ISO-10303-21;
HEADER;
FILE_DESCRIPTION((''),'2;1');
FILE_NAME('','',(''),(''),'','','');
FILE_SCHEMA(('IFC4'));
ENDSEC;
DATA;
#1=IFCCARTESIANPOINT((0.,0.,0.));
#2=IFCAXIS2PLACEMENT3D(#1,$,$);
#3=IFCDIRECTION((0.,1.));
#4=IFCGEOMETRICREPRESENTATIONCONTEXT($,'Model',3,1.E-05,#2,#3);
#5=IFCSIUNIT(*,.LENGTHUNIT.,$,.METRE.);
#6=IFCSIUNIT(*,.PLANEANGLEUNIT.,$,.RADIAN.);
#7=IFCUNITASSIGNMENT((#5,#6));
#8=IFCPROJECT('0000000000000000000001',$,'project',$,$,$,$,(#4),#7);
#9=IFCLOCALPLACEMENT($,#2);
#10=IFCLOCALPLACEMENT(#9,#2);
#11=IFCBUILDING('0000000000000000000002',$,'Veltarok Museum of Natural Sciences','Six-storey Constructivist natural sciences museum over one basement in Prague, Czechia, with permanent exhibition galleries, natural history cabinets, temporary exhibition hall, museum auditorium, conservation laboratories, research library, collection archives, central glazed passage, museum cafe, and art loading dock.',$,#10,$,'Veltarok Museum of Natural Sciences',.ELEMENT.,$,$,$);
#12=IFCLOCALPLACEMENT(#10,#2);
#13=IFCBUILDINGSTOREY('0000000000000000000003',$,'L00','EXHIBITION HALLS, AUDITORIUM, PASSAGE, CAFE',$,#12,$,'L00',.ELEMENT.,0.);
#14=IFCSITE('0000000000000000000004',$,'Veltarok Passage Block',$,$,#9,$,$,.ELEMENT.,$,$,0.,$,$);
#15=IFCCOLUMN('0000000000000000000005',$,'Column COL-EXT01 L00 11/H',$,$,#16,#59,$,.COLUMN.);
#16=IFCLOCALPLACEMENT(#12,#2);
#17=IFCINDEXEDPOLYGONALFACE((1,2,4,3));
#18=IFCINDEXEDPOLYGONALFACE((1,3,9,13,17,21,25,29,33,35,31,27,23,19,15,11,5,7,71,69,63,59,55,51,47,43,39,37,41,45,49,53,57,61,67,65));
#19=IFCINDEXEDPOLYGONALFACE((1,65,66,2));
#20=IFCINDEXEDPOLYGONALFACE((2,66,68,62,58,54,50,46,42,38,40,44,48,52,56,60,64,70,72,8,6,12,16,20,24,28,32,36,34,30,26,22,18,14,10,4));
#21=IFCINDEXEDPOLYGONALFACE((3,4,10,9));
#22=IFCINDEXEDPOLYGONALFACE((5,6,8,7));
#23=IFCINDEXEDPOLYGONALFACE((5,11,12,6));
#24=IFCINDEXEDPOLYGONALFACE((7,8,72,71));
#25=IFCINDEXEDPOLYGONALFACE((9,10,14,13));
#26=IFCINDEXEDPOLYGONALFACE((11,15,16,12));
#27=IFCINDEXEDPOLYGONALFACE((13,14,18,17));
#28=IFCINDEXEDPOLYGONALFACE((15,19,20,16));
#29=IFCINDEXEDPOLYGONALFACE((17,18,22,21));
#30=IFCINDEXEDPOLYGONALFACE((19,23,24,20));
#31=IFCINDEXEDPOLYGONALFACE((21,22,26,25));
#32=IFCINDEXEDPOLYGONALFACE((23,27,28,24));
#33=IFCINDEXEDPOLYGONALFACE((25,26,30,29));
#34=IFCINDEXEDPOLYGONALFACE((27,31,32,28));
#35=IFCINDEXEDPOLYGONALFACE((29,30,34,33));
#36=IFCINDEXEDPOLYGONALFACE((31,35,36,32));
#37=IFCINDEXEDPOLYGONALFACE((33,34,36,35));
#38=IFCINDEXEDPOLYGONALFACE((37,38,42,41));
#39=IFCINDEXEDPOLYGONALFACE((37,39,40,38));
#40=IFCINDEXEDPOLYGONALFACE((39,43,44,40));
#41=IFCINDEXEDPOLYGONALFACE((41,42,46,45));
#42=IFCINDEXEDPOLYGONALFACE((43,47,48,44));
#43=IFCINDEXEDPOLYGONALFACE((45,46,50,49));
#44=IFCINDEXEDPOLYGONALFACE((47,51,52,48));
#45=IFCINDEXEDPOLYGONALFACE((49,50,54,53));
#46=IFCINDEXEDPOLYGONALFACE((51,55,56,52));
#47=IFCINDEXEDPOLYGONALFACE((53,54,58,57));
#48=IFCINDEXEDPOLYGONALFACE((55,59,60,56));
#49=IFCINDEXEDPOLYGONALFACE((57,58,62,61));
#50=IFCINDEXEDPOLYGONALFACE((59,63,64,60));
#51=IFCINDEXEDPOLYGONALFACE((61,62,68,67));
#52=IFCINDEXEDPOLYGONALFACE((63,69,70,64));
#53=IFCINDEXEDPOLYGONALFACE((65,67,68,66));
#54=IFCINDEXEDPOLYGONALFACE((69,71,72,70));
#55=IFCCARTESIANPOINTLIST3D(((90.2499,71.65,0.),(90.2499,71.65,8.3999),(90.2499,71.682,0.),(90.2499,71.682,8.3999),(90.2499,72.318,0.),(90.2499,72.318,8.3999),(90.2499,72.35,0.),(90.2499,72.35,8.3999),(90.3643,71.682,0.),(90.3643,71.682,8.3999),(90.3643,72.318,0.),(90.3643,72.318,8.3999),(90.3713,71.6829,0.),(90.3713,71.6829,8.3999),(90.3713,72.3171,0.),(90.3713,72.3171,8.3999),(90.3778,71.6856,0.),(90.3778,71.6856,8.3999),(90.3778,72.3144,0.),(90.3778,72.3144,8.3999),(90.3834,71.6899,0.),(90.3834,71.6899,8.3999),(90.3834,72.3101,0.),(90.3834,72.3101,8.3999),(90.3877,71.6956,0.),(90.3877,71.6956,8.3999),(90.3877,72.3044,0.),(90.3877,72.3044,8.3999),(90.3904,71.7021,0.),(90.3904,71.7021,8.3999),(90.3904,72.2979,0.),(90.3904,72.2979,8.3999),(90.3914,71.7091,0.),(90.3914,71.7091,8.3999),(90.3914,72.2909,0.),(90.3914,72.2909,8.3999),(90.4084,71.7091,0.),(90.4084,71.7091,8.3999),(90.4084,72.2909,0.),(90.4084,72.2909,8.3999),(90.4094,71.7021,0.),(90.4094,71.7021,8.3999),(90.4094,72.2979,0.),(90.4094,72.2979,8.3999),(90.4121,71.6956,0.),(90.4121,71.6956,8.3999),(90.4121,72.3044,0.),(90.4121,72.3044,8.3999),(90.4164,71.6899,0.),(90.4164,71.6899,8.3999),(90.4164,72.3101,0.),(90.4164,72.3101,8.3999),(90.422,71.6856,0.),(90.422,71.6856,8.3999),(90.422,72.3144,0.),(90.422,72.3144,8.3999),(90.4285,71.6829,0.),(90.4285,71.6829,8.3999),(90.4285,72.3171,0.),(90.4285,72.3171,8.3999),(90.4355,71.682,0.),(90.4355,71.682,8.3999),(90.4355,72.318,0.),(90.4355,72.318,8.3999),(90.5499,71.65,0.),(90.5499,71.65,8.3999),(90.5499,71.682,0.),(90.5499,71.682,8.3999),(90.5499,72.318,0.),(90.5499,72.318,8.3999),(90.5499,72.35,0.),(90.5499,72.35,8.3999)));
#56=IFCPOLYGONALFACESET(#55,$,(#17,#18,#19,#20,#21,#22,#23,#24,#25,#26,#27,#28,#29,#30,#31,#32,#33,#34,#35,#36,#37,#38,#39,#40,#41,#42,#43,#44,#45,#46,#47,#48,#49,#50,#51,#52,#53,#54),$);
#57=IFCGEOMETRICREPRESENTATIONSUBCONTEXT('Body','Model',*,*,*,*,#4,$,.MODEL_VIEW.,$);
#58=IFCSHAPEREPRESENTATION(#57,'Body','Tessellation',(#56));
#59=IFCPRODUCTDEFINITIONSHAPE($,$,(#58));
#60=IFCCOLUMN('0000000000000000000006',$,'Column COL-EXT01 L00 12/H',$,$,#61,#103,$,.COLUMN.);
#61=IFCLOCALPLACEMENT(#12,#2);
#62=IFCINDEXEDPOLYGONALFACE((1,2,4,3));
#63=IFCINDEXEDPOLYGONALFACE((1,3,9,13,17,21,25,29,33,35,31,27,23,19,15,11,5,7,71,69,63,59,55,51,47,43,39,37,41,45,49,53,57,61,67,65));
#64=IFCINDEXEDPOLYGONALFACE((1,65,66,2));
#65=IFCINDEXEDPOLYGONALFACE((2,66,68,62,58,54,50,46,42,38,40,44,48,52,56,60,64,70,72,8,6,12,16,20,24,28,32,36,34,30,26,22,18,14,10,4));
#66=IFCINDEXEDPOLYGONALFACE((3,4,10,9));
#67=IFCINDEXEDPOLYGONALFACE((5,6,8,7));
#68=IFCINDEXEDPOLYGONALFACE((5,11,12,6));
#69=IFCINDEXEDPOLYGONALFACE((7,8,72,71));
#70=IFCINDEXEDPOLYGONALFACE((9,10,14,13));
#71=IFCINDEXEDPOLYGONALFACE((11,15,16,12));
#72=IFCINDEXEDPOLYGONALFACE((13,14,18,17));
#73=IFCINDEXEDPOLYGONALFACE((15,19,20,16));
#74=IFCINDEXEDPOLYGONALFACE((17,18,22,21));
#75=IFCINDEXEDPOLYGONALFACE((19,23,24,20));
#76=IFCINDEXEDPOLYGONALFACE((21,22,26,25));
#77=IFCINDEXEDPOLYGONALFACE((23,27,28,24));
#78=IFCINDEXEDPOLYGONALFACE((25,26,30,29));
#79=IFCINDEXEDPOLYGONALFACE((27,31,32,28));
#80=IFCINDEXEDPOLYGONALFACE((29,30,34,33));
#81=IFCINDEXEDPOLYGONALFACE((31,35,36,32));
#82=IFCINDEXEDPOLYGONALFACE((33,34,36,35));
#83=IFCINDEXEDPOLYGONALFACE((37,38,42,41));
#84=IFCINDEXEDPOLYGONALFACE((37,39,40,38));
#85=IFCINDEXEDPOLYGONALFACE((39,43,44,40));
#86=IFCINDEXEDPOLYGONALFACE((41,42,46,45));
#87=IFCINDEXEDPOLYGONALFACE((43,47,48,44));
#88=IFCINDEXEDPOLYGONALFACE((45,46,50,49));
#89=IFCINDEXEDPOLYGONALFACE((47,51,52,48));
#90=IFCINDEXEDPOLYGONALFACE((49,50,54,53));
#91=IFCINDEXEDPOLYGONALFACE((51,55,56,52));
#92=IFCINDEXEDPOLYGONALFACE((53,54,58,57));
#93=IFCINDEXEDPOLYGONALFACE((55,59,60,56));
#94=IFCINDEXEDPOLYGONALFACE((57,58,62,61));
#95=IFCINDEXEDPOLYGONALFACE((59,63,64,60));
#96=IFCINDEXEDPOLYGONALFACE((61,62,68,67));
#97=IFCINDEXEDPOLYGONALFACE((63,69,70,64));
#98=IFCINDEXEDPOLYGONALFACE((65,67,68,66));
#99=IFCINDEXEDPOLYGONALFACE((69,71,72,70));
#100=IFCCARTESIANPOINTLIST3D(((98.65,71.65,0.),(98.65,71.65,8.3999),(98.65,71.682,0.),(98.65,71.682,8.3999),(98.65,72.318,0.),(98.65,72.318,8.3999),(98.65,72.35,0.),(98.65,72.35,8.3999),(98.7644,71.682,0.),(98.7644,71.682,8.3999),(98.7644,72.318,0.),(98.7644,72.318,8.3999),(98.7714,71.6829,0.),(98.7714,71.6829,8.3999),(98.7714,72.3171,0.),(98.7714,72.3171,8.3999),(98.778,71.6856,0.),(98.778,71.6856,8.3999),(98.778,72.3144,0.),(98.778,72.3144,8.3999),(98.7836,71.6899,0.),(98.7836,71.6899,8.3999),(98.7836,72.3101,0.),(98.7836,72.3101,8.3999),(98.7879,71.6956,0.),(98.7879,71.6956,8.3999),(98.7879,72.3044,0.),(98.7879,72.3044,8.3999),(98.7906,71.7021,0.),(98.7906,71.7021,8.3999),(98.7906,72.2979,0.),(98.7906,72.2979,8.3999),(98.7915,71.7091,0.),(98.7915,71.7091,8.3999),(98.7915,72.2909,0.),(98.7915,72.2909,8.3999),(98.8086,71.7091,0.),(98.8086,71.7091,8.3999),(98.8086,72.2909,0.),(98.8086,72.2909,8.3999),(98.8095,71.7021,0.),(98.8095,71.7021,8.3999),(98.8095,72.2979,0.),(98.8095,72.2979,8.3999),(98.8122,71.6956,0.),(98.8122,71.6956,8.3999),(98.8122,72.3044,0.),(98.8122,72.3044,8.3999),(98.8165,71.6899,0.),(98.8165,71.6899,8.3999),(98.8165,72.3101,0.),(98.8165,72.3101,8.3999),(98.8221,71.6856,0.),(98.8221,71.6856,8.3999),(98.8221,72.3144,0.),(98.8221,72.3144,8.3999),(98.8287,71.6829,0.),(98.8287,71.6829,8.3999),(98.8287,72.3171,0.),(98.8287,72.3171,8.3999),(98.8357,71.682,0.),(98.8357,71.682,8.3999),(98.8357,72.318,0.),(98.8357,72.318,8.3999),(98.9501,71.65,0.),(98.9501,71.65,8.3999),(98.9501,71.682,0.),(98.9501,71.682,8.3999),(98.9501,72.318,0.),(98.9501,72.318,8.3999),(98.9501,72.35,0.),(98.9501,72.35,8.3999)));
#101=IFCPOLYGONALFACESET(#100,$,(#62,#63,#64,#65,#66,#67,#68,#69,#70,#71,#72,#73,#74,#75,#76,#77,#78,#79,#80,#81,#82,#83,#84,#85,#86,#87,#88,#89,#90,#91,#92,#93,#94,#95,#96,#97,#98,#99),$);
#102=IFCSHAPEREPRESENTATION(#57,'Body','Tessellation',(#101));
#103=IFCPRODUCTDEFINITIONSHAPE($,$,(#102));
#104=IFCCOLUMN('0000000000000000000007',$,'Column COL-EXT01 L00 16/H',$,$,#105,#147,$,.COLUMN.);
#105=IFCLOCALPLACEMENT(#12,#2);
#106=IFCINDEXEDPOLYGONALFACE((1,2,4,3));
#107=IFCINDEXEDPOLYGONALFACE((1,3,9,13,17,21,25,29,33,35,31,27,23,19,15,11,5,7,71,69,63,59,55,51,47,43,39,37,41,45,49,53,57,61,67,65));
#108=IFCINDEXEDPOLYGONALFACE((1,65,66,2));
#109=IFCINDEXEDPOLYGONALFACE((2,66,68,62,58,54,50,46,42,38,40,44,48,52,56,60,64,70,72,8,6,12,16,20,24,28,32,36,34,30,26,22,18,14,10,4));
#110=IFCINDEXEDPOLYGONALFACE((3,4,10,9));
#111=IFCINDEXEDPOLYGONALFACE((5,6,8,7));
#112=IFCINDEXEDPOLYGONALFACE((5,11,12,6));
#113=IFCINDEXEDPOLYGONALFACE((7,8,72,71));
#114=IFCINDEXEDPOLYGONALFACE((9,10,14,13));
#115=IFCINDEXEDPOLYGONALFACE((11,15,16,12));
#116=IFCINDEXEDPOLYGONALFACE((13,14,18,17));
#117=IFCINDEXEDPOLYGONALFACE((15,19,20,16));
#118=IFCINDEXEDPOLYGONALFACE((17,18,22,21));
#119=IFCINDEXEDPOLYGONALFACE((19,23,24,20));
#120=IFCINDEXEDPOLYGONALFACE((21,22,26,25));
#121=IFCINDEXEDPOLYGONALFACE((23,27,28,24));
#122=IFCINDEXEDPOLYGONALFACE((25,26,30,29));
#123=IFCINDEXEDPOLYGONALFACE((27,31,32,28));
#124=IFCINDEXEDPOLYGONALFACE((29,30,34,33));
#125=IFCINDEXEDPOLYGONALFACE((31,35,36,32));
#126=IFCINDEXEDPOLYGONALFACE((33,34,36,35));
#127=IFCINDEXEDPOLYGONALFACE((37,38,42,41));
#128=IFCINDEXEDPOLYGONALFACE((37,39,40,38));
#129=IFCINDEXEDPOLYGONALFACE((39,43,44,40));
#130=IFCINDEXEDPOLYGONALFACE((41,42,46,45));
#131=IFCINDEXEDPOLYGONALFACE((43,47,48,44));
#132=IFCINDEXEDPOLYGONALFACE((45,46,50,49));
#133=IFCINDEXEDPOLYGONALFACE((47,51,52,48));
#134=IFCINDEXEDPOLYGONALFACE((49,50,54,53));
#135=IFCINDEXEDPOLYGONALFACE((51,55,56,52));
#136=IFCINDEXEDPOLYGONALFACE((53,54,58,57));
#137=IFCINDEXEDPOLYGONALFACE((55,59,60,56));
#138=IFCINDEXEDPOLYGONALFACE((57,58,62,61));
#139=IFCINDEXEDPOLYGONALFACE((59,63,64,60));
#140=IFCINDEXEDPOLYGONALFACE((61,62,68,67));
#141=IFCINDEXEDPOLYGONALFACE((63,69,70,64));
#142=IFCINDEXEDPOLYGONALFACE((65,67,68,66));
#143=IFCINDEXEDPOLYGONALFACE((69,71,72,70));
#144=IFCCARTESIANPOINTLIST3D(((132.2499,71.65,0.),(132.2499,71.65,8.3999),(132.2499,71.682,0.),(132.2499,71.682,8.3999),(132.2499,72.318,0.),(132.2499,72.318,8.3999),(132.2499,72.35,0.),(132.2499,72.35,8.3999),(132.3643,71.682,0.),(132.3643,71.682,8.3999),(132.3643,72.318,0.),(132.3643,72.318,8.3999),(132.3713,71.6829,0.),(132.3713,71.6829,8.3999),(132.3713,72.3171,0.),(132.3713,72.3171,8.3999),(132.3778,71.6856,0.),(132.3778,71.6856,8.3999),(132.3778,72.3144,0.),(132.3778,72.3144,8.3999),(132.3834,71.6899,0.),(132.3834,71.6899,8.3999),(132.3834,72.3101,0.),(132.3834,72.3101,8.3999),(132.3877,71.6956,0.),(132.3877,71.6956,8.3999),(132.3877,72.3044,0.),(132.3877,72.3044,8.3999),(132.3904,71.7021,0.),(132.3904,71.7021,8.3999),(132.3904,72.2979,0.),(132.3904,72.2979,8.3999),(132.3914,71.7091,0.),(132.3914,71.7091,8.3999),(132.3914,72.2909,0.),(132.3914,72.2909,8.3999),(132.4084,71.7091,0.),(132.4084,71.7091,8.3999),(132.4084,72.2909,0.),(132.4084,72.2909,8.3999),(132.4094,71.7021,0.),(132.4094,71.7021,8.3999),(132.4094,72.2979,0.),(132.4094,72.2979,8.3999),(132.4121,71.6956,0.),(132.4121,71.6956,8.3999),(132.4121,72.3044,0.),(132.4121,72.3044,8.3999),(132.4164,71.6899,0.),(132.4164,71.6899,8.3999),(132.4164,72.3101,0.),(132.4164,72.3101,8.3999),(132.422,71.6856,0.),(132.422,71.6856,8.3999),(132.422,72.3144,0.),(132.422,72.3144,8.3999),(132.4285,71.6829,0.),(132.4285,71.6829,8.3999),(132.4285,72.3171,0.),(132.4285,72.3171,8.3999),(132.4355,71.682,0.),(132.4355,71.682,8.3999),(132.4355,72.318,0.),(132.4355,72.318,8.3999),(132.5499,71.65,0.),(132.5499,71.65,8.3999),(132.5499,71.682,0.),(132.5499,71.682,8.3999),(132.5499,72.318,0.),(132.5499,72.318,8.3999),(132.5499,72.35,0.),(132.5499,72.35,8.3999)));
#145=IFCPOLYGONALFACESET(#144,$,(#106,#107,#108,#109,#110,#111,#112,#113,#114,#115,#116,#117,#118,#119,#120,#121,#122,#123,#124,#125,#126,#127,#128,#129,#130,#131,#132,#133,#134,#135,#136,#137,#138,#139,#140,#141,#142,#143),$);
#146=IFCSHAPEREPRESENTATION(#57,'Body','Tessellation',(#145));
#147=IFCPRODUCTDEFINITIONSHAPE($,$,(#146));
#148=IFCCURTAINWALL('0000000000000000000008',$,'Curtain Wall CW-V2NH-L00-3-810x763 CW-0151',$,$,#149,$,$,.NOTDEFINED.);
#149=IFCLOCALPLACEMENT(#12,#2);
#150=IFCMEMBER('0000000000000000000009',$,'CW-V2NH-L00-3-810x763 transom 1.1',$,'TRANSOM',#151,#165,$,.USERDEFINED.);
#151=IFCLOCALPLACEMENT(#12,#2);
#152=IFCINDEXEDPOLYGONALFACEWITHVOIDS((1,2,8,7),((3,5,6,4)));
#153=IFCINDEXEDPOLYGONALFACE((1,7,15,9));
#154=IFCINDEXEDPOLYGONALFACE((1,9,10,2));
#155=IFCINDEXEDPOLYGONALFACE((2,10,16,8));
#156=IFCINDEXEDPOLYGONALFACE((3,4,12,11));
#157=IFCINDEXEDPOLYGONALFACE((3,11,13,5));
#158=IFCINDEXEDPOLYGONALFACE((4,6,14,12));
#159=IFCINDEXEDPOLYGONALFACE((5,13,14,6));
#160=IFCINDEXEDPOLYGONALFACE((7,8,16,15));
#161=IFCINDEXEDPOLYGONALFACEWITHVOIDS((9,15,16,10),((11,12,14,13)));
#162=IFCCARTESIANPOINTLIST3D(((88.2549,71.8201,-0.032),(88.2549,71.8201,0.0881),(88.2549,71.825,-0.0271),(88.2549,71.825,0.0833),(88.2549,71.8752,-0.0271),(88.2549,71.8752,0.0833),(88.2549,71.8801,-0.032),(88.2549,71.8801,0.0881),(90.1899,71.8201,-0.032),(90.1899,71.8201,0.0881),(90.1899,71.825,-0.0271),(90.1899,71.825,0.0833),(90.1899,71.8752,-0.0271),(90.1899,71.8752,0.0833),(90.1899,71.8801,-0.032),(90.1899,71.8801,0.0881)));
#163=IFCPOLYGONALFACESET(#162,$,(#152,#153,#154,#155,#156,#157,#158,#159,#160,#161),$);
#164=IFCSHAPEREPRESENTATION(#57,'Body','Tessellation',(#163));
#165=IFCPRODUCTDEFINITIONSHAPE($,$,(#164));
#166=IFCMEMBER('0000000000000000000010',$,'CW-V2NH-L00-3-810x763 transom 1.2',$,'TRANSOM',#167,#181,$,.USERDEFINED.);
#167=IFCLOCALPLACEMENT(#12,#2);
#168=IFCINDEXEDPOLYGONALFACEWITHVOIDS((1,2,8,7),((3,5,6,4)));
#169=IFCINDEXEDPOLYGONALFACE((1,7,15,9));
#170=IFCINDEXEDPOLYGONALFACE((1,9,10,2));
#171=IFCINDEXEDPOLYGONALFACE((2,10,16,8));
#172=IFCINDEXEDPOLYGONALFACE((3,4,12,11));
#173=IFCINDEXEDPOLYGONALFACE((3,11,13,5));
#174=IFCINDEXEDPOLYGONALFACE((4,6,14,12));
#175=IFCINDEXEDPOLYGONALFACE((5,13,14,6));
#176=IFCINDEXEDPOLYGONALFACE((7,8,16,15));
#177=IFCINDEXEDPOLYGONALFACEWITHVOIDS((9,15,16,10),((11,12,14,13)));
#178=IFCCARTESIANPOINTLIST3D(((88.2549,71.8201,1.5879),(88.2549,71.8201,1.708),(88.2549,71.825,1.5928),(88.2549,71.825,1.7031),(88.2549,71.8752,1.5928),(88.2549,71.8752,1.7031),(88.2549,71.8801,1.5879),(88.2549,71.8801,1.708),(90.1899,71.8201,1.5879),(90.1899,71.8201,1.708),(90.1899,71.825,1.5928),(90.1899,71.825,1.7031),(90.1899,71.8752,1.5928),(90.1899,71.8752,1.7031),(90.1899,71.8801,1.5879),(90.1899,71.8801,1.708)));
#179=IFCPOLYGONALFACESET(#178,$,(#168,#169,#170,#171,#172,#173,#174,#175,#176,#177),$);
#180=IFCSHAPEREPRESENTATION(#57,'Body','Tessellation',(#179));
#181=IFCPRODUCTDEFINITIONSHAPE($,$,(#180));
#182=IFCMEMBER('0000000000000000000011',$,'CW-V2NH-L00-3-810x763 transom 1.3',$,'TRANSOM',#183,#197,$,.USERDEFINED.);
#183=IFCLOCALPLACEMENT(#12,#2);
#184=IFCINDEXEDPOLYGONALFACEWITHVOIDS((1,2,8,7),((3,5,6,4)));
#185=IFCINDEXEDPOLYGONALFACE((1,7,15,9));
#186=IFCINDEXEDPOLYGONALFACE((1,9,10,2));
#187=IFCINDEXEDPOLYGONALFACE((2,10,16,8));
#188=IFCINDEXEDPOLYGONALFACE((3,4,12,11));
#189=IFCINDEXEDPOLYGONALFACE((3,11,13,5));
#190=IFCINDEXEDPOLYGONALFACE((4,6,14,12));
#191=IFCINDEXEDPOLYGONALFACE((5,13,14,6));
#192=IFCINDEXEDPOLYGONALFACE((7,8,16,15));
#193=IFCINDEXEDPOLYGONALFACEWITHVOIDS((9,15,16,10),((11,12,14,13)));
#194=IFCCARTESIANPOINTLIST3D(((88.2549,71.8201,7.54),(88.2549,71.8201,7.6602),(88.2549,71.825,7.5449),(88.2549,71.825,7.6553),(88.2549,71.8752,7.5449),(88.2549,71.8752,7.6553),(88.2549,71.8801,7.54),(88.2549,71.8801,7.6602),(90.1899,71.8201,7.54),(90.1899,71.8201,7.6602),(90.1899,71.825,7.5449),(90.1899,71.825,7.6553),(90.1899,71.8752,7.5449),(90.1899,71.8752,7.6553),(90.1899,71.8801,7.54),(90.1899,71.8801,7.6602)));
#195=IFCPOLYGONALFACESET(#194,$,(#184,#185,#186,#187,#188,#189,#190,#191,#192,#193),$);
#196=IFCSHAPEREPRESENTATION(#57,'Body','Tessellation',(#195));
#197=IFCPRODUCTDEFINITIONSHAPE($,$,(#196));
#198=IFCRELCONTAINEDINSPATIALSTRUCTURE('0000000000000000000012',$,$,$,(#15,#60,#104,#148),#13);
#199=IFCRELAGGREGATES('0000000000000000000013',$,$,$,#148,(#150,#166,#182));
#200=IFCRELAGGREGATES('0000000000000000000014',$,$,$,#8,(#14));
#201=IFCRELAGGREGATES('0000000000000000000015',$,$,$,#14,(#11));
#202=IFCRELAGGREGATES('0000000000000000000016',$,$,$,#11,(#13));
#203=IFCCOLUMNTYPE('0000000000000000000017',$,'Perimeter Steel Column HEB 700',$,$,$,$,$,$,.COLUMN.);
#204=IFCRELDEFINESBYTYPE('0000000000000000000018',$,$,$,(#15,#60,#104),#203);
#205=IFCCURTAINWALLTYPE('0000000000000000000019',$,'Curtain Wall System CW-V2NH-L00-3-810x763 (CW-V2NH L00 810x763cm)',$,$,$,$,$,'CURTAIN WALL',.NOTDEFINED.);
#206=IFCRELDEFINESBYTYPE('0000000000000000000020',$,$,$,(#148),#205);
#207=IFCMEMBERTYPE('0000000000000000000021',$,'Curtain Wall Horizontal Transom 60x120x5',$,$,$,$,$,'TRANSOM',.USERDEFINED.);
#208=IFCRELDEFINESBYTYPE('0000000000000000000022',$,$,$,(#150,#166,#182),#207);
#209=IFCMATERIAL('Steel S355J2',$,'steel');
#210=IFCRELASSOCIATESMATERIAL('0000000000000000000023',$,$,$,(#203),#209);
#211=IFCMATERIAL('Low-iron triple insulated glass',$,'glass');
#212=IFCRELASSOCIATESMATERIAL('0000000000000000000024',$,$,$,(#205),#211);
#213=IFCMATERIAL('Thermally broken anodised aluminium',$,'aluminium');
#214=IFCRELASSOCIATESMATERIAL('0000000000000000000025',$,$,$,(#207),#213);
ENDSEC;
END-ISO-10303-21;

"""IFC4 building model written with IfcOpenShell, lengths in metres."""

from ifc_helpers import new_model, si_unit, direction, frame, origin, origin_2d, place, context, subcontext, project, spatial, hollow_rectangle, i_section, extrude, material, material_profile, profile_set, type_object, element, aggregate, save


model = new_model("IFC4")

# Units and contexts
model_context = context("Model", 3, precision=1e-05, world=origin(), true_north=direction((0.0, 1.0)))
body_context = subcontext(model_context, "Body", "Model", "MODEL_VIEW")
ifc_project = project(units=[si_unit("LENGTHUNIT", "METRE"), si_unit("PLANEANGLEUNIT", "RADIAN")], contexts=[model_context])

# Site, building, storey
site_placement = place(None, origin())
site = spatial("IfcSite", under=ifc_project, at=site_placement, Name="Veltarok Passage Block", CompositionType="ELEMENT", RefElevation=0.0)
building_placement = place(site_placement, origin())
building = spatial("IfcBuilding", under=site, at=building_placement, Name="Veltarok Museum of Natural Sciences", Description="Six-storey Constructivist natural sciences museum over one basement in Prague, Czechia, with permanent exhibition galleries, natural history cabinets, temporary exhibition hall, museum auditorium, conservation laboratories, research library, collection archives, central glazed passage, museum cafe, and art loading dock.", LongName="Veltarok Museum of Natural Sciences", CompositionType="ELEMENT")
storey_placement = place(building_placement, origin())
storey = spatial("IfcBuildingStorey", under=building, at=storey_placement, Name="L00", Description="EXHIBITION HALLS, AUDITORIUM, PASSAGE, CAFE", LongName="L00", CompositionType="ELEMENT", Elevation=0.0)

# Columns
ifc_material_1 = material(Name="Steel S355J2", Category="steel")
ifc_material_profile_1 = material_profile(ifc_material_1, i_section(OverallWidth=0.3, OverallDepth=0.7, WebThickness=0.0171, FlangeThickness=0.032, FilletRadius=0.0271, at=origin_2d()), Name="HEB 700")
ifc_profile_set_1 = profile_set([ifc_material_profile_1], Name="Steel S355J2")
column_type = type_object("IfcColumnType", Name="Perimeter Steel Column HEB 700", PredefinedType="COLUMN", material=ifc_profile_set_1)
for number, where, z_axis, x_axis, name in (
    (1, (90.3999, 72.0, 0.0), (0.0, 0.0, 1.0), (1.0, 0.0, 0.0), "Column COL-EXT01 L00 11/H"),
    (2, (98.8, 72.0, 0.0), (0.0, 0.0, 1.0), (1.0, 0.0, 0.0), "Column COL-EXT01 L00 12/H"),
    (3, (132.3999, 72.0, 0.0), (0.0, 0.0, 1.0), (1.0, 0.0, 0.0), "Column COL-EXT01 L00 16/H"),
):
    element("IfcColumn", number, at=place(storey_placement, frame(where, z_axis=z_axis, x_axis=x_axis)), inside=storey, type_object=column_type, Name=name, PredefinedType="COLUMN", context=body_context, shape_type="SweptSolid", body=[
        extrude(i_section(OverallWidth=0.3, OverallDepth=0.7, WebThickness=0.0171, FlangeThickness=0.032, FilletRadius=0.0271, at=origin_2d()), origin(), (0.0, 0.0, 1.0), 8.3999),
    ])

# Curtain wall, members
ifc_material_2 = material(Name="Low-iron triple insulated glass", Category="glass")
curtain_wall_type_1 = type_object("IfcCurtainWallType", Name="Curtain Wall System CW-V2NH-L00-3-810x763 (CW-V2NH L00 810x763cm)", ElementType="CURTAIN WALL", PredefinedType="NOTDEFINED", material=ifc_material_2)
curtain_wall_1_placement = place(storey_placement, origin())
curtain_wall_1 = element("IfcCurtainWall", 4, at=curtain_wall_1_placement, inside=storey, type_object=curtain_wall_type_1, Name="Curtain Wall CW-V2NH-L00-3-810x763 CW-0151", PredefinedType="NOTDEFINED")
ifc_material_3 = material(Name="Thermally broken anodised aluminium", Category="aluminium")
ifc_material_profile_2 = material_profile(ifc_material_3, hollow_rectangle(XDim=0.0601, YDim=0.1201, WallThickness=0.0049, at=origin_2d()), Name="CW TRANSOM 60x120x5")
ifc_profile_set_2 = profile_set([ifc_material_profile_2], Name="Thermally broken anodised aluminium")
member_type_1 = type_object("IfcMemberType", Name="Curtain Wall Horizontal Transom 60x120x5", ElementType="TRANSOM", PredefinedType="USERDEFINED", material=ifc_profile_set_2)
member_1_placement = place(storey_placement, frame((90.1899, 71.8501, 0.0281), z_axis=(-1.0, 0.0, 0.0), x_axis=(0.0, -1.0, 0.0)))
member_1 = element("IfcMember", 5, at=member_1_placement, type_object=member_type_1, Name="CW-V2NH-L00-3-810x763 transom 1.1", ObjectType="TRANSOM", PredefinedType="USERDEFINED", context=body_context, shape_type="SweptSolid", body=[
    extrude(hollow_rectangle(XDim=0.0601, YDim=0.1201, WallThickness=0.0049, at=origin_2d()), origin(), (0.0, 0.0, 1.0), 1.9351),
])
member_2_placement = place(storey_placement, frame((90.1899, 71.8501, 1.6479), z_axis=(-1.0, 0.0, 0.0), x_axis=(0.0, -1.0, 0.0)))
member_2 = element("IfcMember", 6, at=member_2_placement, type_object=member_type_1, Name="CW-V2NH-L00-3-810x763 transom 1.2", ObjectType="TRANSOM", PredefinedType="USERDEFINED", context=body_context, shape_type="SweptSolid", body=[
    extrude(hollow_rectangle(XDim=0.0601, YDim=0.1201, WallThickness=0.0049, at=origin_2d()), origin(), (0.0, 0.0, 1.0), 1.9351),
])
member_3_placement = place(storey_placement, frame((90.1899, 71.8501, 7.6001), z_axis=(-1.0, 0.0, 0.0), x_axis=(0.0, -1.0, 0.0)))
member_3 = element("IfcMember", 7, at=member_3_placement, type_object=member_type_1, Name="CW-V2NH-L00-3-810x763 transom 1.3", ObjectType="TRANSOM", PredefinedType="USERDEFINED", context=body_context, shape_type="SweptSolid", body=[
    extrude(hollow_rectangle(XDim=0.0601, YDim=0.1201, WallThickness=0.0049, at=origin_2d()), origin(), (0.0, 0.0, 1.0), 1.9351),
])

aggregate(curtain_wall_1, [member_1, member_2, member_3])

save(model, "model.ifc")
